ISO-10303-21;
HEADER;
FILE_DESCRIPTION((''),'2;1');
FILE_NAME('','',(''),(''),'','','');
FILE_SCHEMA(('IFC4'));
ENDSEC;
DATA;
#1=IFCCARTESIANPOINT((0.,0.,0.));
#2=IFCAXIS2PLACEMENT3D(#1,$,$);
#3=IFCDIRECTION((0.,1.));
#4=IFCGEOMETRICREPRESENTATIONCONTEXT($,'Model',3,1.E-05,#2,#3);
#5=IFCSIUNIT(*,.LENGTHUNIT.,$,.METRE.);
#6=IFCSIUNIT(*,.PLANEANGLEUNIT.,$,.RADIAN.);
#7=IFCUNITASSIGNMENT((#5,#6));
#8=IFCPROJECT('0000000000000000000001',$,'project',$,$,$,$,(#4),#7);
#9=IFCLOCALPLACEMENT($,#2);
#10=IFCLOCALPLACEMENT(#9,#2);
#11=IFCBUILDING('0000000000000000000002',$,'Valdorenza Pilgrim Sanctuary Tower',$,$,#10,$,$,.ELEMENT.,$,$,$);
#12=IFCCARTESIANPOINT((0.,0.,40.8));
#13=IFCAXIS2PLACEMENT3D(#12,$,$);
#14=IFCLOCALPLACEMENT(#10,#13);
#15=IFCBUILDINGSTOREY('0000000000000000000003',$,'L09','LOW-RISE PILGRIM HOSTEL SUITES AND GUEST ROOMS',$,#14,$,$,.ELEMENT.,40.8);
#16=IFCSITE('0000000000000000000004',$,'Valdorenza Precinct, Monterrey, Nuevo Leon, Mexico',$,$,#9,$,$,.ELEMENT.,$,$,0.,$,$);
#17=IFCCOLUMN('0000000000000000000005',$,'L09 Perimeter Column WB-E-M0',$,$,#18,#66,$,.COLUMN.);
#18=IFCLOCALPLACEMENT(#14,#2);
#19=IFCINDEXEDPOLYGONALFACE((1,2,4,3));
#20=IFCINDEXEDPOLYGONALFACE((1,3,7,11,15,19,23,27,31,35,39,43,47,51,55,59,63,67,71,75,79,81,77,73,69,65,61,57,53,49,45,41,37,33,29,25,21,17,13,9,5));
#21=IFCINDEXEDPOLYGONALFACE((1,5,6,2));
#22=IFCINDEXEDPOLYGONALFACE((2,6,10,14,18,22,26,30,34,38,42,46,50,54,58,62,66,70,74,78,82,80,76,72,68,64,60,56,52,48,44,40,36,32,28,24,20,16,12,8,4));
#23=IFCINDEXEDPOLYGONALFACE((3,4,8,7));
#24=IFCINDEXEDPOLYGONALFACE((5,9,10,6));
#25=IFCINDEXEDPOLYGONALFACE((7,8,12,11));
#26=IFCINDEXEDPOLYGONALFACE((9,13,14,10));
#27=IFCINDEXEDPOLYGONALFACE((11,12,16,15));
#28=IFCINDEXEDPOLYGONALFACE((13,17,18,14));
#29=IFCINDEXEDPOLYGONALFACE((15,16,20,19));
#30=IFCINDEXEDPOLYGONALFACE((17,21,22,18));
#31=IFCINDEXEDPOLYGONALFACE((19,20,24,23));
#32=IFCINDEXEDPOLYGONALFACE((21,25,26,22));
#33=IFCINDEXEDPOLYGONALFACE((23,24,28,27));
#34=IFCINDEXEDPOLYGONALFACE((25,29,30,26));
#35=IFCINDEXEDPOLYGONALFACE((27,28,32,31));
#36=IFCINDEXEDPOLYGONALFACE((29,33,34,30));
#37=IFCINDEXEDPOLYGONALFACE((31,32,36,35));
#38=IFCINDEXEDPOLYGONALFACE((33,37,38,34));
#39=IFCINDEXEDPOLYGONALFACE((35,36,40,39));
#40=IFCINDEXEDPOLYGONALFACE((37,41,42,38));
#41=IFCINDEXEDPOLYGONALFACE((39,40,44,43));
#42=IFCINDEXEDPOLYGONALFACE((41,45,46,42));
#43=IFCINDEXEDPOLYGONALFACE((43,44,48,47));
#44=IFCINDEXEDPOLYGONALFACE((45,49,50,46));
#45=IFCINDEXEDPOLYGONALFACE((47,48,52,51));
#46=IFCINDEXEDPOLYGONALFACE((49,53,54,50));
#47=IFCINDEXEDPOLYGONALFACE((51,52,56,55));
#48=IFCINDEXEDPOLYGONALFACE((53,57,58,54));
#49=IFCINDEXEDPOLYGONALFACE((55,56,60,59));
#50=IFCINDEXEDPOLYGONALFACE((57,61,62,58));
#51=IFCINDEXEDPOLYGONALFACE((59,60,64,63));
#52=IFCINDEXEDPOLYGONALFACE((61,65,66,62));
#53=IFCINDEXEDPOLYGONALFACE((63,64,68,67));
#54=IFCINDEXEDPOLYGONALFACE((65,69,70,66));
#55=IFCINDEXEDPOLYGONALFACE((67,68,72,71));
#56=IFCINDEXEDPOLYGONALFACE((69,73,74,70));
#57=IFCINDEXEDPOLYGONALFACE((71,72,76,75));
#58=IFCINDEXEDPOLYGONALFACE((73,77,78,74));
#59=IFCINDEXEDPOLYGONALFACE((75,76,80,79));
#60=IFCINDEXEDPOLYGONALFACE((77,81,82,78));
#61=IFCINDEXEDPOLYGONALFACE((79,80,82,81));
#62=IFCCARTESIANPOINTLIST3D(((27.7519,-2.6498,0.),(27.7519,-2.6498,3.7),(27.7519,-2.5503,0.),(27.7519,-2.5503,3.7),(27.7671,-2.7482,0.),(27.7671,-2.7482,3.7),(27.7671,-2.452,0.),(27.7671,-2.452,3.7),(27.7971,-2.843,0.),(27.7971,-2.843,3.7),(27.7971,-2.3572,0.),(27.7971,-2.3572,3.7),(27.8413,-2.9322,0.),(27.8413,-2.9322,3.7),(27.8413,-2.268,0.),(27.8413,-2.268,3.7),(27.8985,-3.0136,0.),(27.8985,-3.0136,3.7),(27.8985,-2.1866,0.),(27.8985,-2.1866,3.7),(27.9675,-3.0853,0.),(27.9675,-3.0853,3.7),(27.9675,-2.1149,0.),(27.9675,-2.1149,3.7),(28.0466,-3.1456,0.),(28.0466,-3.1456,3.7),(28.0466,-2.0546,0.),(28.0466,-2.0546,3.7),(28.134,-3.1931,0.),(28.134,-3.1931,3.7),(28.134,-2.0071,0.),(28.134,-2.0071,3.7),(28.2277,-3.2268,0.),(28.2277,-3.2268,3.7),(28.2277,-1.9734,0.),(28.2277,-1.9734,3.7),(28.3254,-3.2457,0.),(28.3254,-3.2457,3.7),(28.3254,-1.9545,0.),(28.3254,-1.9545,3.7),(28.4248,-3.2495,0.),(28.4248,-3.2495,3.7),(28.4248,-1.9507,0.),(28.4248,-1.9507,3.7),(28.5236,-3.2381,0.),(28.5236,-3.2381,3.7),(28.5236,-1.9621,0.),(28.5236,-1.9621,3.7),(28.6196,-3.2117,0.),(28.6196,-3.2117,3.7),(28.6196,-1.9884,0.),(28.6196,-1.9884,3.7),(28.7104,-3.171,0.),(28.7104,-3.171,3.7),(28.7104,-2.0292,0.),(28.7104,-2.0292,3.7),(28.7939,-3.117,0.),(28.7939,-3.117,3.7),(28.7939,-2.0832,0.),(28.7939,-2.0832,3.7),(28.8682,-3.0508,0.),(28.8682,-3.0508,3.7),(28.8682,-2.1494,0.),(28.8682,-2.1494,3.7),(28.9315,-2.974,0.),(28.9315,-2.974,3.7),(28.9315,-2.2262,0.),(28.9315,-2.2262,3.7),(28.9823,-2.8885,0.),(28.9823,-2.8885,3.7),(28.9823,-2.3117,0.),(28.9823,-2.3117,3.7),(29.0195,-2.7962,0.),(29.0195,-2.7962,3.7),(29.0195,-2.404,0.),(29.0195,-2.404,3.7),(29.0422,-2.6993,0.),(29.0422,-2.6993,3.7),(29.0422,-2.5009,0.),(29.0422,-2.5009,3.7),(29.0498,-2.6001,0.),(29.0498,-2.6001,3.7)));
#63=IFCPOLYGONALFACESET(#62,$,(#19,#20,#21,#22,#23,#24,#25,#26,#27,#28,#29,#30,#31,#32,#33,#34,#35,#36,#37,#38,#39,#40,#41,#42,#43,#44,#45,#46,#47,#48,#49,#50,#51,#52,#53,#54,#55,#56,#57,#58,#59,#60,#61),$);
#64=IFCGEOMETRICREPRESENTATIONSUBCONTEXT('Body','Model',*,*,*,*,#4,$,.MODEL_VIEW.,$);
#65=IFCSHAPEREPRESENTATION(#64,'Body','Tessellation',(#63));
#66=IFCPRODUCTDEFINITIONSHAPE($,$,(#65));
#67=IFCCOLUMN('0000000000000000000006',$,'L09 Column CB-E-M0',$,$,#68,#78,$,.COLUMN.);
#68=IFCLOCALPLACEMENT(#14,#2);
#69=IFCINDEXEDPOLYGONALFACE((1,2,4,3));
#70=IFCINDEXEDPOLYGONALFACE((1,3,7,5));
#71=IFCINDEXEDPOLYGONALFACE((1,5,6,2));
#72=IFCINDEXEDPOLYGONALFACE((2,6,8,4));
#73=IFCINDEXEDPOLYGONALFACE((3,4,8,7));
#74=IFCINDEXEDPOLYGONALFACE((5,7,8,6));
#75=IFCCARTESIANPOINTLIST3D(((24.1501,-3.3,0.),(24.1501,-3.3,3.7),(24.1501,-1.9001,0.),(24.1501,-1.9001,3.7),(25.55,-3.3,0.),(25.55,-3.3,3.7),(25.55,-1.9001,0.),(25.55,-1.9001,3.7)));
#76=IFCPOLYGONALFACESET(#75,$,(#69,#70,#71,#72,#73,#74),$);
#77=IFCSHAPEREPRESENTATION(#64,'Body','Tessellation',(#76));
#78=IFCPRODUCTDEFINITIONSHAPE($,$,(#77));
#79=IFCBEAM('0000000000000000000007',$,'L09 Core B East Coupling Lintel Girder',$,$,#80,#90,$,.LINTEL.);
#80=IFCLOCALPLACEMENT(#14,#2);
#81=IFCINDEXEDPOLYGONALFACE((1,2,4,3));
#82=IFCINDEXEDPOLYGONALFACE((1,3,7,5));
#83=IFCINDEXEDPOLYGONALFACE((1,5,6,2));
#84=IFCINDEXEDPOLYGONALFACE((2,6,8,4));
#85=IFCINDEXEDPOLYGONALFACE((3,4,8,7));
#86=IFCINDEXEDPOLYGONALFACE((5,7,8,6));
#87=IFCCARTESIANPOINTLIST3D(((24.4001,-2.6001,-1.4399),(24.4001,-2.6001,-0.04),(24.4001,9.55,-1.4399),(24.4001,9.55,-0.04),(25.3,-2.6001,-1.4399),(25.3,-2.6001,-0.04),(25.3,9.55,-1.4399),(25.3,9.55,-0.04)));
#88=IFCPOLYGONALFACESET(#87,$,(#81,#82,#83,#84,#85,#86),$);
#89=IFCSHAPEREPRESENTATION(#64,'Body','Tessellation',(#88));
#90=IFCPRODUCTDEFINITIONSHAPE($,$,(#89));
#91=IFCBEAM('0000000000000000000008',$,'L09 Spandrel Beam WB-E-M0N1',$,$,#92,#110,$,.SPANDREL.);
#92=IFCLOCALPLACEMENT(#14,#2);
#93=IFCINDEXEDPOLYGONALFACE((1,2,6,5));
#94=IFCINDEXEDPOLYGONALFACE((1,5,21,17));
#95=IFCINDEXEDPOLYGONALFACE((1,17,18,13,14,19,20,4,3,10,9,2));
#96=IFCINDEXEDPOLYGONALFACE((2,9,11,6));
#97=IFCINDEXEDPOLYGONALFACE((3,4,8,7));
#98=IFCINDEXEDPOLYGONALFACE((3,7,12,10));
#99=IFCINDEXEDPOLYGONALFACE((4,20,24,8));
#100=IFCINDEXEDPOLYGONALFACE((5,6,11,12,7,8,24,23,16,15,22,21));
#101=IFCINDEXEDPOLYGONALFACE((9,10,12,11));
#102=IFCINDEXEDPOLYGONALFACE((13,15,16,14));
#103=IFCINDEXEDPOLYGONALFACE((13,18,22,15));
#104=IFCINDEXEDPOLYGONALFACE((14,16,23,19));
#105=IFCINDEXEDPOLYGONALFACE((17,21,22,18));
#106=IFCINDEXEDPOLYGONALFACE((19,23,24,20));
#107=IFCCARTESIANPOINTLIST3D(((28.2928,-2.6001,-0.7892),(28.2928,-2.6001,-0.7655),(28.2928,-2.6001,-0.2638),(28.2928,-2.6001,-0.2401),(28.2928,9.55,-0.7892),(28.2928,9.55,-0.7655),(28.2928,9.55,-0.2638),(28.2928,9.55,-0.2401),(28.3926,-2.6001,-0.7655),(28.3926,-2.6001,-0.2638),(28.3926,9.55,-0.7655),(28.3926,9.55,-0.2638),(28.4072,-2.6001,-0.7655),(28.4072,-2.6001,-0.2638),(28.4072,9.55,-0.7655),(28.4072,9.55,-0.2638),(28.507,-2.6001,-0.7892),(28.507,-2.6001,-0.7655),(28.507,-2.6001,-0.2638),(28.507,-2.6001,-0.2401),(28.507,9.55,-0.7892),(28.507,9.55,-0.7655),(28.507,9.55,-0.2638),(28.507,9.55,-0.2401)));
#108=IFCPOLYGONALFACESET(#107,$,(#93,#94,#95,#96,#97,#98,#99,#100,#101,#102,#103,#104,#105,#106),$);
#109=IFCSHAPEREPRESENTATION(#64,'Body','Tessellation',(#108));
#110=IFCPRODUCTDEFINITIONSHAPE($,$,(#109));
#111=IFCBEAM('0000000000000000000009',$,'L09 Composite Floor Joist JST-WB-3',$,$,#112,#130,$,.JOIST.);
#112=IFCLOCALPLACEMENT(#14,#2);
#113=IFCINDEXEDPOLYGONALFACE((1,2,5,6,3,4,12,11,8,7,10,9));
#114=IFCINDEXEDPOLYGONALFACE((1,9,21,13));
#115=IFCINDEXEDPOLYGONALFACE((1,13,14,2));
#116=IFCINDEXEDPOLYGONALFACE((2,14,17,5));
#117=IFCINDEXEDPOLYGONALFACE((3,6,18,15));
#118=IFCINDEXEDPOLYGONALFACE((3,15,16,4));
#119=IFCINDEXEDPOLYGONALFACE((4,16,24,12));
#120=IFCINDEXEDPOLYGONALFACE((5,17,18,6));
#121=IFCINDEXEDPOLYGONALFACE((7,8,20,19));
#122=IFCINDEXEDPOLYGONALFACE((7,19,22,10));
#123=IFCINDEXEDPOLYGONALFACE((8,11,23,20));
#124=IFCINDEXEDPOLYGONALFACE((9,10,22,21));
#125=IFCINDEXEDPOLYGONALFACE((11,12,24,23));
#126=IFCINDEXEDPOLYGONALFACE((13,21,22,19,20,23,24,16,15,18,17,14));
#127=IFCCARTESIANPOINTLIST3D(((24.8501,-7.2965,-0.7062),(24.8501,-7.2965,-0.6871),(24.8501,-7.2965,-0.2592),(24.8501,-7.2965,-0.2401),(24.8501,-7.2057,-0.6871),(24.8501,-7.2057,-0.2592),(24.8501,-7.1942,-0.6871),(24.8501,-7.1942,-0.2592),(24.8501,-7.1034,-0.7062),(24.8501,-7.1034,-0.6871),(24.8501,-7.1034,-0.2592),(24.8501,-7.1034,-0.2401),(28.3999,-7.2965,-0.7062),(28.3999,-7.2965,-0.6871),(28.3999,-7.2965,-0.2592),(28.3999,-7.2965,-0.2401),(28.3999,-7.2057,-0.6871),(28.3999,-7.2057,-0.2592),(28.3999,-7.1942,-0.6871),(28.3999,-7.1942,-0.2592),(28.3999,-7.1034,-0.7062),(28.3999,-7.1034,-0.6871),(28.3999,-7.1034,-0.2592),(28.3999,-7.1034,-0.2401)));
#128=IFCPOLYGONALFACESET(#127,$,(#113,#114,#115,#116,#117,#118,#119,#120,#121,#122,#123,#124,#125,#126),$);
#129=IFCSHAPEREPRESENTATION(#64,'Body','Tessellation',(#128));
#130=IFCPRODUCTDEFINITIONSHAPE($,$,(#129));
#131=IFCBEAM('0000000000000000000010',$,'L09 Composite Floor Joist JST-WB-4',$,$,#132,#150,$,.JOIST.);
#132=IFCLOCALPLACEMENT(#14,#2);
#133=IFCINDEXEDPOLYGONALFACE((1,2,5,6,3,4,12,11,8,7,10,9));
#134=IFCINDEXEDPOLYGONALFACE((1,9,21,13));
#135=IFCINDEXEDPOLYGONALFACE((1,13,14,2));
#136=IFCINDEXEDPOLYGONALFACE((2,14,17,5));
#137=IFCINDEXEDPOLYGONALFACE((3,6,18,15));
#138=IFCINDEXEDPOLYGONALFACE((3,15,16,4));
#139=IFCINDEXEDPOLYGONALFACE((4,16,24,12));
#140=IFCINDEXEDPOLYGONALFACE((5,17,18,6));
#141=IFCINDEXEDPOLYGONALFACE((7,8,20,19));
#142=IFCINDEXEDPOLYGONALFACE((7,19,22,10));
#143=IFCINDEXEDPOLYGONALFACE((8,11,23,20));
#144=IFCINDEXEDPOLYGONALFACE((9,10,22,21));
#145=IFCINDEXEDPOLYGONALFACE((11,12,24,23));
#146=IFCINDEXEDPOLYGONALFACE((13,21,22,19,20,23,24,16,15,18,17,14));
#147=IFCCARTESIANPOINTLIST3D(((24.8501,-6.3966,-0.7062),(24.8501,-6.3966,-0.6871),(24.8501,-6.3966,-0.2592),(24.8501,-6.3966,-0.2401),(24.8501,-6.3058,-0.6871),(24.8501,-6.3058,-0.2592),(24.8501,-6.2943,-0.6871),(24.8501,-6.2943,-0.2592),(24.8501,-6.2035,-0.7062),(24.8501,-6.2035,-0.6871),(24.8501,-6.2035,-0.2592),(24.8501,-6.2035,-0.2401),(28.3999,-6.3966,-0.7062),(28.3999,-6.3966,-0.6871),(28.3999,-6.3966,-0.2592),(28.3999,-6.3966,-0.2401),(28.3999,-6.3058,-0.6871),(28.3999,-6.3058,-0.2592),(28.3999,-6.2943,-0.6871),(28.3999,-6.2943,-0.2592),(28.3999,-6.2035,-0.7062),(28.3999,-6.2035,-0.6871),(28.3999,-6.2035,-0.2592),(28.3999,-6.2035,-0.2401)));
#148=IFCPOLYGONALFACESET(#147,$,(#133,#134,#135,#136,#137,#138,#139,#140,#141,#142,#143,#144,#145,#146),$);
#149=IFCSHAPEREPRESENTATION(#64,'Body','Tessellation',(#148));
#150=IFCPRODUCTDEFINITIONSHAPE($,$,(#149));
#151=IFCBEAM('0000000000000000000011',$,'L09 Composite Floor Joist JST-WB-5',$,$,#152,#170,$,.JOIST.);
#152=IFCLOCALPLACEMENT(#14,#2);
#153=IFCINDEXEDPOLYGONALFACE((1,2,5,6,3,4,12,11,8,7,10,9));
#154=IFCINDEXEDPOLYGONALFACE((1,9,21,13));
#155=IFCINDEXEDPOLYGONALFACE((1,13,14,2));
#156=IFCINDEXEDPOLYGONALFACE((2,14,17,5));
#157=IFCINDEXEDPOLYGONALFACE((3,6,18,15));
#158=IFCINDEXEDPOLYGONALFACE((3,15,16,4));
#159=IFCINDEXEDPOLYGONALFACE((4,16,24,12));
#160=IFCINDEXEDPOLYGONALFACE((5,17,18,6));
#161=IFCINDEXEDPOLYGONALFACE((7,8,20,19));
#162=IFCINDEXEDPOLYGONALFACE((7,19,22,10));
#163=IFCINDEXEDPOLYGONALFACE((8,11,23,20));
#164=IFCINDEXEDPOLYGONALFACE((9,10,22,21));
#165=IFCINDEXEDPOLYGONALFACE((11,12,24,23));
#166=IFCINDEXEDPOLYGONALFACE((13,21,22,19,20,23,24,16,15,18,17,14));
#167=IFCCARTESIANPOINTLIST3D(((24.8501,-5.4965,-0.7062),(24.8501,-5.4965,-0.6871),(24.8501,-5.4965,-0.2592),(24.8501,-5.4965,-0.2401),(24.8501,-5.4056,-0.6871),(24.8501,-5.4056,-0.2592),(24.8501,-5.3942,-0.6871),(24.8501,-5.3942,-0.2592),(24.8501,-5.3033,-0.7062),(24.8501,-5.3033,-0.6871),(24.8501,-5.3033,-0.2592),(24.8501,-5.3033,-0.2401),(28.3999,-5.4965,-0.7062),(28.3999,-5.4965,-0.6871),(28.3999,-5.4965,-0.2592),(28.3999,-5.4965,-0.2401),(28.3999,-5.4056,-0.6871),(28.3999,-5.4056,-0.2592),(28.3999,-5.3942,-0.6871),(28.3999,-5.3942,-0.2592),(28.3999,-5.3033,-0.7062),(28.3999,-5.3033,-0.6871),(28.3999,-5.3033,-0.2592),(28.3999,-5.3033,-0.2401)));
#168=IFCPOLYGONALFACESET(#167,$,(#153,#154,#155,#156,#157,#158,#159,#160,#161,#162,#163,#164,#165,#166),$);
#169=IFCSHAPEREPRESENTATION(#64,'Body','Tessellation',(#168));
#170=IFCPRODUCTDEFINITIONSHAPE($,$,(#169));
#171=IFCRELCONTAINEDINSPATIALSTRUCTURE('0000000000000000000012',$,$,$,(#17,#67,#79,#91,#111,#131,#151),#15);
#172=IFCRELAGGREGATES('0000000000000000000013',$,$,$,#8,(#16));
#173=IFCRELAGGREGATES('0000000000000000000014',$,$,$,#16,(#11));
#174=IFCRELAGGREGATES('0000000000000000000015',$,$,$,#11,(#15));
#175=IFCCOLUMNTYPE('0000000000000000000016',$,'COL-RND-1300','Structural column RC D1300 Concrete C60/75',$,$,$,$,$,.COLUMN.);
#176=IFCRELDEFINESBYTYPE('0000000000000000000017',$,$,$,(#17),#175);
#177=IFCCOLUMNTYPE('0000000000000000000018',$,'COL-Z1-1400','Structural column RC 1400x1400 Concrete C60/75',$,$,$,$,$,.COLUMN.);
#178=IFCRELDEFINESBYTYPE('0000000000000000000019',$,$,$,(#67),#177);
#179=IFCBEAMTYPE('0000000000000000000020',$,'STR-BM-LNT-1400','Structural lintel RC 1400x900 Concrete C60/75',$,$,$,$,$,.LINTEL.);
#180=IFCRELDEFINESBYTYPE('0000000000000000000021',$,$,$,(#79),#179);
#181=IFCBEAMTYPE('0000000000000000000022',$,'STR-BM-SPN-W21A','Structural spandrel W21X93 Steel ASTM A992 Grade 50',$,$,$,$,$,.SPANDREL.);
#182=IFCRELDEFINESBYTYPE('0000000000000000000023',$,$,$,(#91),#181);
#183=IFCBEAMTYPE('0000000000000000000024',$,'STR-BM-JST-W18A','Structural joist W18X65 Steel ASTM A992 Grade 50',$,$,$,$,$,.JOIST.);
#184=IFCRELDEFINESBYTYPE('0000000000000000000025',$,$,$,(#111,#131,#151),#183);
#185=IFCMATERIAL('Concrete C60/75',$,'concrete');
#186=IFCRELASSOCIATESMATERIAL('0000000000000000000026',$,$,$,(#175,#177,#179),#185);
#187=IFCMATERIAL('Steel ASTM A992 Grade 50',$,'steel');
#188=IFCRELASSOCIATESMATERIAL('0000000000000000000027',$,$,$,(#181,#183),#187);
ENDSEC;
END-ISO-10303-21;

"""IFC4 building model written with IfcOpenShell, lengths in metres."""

from ifc_helpers import new_model, si_unit, direction, frame, origin, origin_2d, place, context, subcontext, project, spatial, rectangle, circle, i_section, extrude, source, transform, mapped, material, material_profile, profile_set, type_object, element, save


model = new_model("IFC4")

# Units and contexts
model_context = context("Model", 3, precision=1e-05, world=origin(), true_north=direction((0.0, 1.0)))
body_context = subcontext(model_context, "Body", "Model", "MODEL_VIEW")
ifc_project = project(units=[si_unit("LENGTHUNIT", "METRE"), si_unit("PLANEANGLEUNIT", "RADIAN")], contexts=[model_context])

# Site, building, storey
site_placement = place(None, origin())
site = spatial("IfcSite", under=ifc_project, at=site_placement, Name="Valdorenza Precinct, Monterrey, Nuevo Leon, Mexico", CompositionType="ELEMENT", RefElevation=0.0)
building_placement = place(site_placement, origin())
building = spatial("IfcBuilding", under=site, at=building_placement, Name="Valdorenza Pilgrim Sanctuary Tower", CompositionType="ELEMENT")
storey_placement = place(building_placement, frame((0.0, 0.0, 40.8)))
storey = spatial("IfcBuildingStorey", under=building, at=storey_placement, Name="L09", Description="LOW-RISE PILGRIM HOSTEL SUITES AND GUEST ROOMS", CompositionType="ELEMENT", Elevation=40.8)

# Columns
ifc_material_1 = material(Name="Concrete C60/75", Category="concrete")
ifc_material_profile_1 = material_profile(ifc_material_1, circle(Radius=0.6499, at=origin_2d()), Name="RC D1300")
ifc_profile_set_1 = profile_set([ifc_material_profile_1], Name="Concrete C60/75")
column_type_1 = type_object("IfcColumnType", Name="COL-RND-1300", Description="Structural column RC D1300 Concrete C60/75", PredefinedType="COLUMN", material=ifc_profile_set_1)
shared_shape_1 = source(origin(), body_context, "Body", "SweptSolid", [
    extrude(circle(Radius=0.6499, at=origin_2d()), origin(), (0.0, 0.0, 1.0), 3.7),
])
column_1_placement = place(storey_placement, frame((28.3999, -2.6001, 0.0), z_axis=(0.0, 0.0, 1.0), x_axis=(1.0, 0.0, 0.0)))
element("IfcColumn", 1, at=column_1_placement, inside=storey, type_object=column_type_1, Name="L09 Perimeter Column WB-E-M0", PredefinedType="COLUMN", context=body_context, shape_type="MappedRepresentation", body=[
    mapped(shared_shape_1, transform((0.0, 0.0, 0.0), x_axis=(1.0, 0.0, 0.0), y_axis=(0.0, 1.0, 0.0), z_axis=(0.0, 0.0, 1.0), scale=1.0)),
])
ifc_material_profile_2 = material_profile(ifc_material_1, rectangle(XDim=1.3999, YDim=1.3999, at=origin_2d()), Name="RC 1400x1400")
ifc_profile_set_2 = profile_set([ifc_material_profile_2], Name="Concrete C60/75")
column_type_2 = type_object("IfcColumnType", Name="COL-Z1-1400", Description="Structural column RC 1400x1400 Concrete C60/75", PredefinedType="COLUMN", material=ifc_profile_set_2)
shared_shape_2 = source(origin(), body_context, "Body", "SweptSolid", [
    extrude(rectangle(XDim=1.3999, YDim=1.3999, at=origin_2d()), origin(), (0.0, 0.0, 1.0), 3.7),
])
column_2_placement = place(storey_placement, frame((24.8501, -2.6001, 0.0), z_axis=(0.0, 0.0, 1.0), x_axis=(1.0, 0.0, 0.0)))
element("IfcColumn", 2, at=column_2_placement, inside=storey, type_object=column_type_2, Name="L09 Column CB-E-M0", PredefinedType="COLUMN", context=body_context, shape_type="MappedRepresentation", body=[
    mapped(shared_shape_2, transform((0.0, 0.0, 0.0), x_axis=(1.0, 0.0, 0.0), y_axis=(0.0, 1.0, 0.0), z_axis=(0.0, 0.0, 1.0), scale=1.0)),
])

# Beams
ifc_material_profile_3 = material_profile(ifc_material_1, rectangle(XDim=0.8999, YDim=1.3999, at=origin_2d()), Name="RC 1400x900")
ifc_profile_set_3 = profile_set([ifc_material_profile_3], Name="Concrete C60/75")
beam_type_1 = type_object("IfcBeamType", Name="STR-BM-LNT-1400", Description="Structural lintel RC 1400x900 Concrete C60/75", PredefinedType="LINTEL", material=ifc_profile_set_3)
shared_shape_3 = source(origin(), body_context, "Body", "SweptSolid", [
    extrude(rectangle(XDim=0.8999, YDim=1.3999, at=origin_2d()), origin(), (0.0, 0.0, 1.0), 12.1501),
])
beam_1_placement = place(storey_placement, frame((24.8501, -2.6001, -0.74), z_axis=(0.0, 1.0, 0.0), x_axis=(-1.0, 0.0, 0.0)))
element("IfcBeam", 3, at=beam_1_placement, inside=storey, type_object=beam_type_1, Name="L09 Core B East Coupling Lintel Girder", PredefinedType="LINTEL", context=body_context, shape_type="MappedRepresentation", body=[
    mapped(shared_shape_3, transform((0.0, 0.0, 0.0), x_axis=(1.0, 0.0, 0.0), y_axis=(0.0, 1.0, 0.0), z_axis=(0.0, 0.0, 1.0), scale=1.0)),
])
ifc_material_2 = material(Name="Steel ASTM A992 Grade 50", Category="steel")
ifc_material_profile_4 = material_profile(ifc_material_2, i_section(OverallWidth=0.2141, OverallDepth=0.5491, WebThickness=0.0146, FlangeThickness=0.0237, at=origin_2d()), Name="W21X93")
ifc_profile_set_4 = profile_set([ifc_material_profile_4], Name="Steel ASTM A992 Grade 50")
beam_type_2 = type_object("IfcBeamType", Name="STR-BM-SPN-W21A", Description="Structural spandrel W21X93 Steel ASTM A992 Grade 50", PredefinedType="SPANDREL", material=ifc_profile_set_4)
shared_shape_4 = source(origin(), body_context, "Body", "SweptSolid", [
    extrude(i_section(OverallWidth=0.2141, OverallDepth=0.5491, WebThickness=0.0146, FlangeThickness=0.0237, at=origin_2d()), origin(), (0.0, 0.0, 1.0), 12.1501),
])
beam_2_placement = place(storey_placement, frame((28.3999, -2.6001, -0.5146), z_axis=(0.0, 1.0, 0.0), x_axis=(-1.0, 0.0, 0.0)))
element("IfcBeam", 4, at=beam_2_placement, inside=storey, type_object=beam_type_2, Name="L09 Spandrel Beam WB-E-M0N1", PredefinedType="SPANDREL", context=body_context, shape_type="MappedRepresentation", body=[
    mapped(shared_shape_4, transform((0.0, 0.0, 0.0), x_axis=(1.0, 0.0, 0.0), y_axis=(0.0, 1.0, 0.0), z_axis=(0.0, 0.0, 1.0), scale=1.0)),
])
ifc_material_profile_5 = material_profile(ifc_material_2, i_section(OverallWidth=0.1931, OverallDepth=0.4661, WebThickness=0.0115, FlangeThickness=0.019, at=origin_2d()), Name="W18X65")
ifc_profile_set_5 = profile_set([ifc_material_profile_5], Name="Steel ASTM A992 Grade 50")
beam_type_3 = type_object("IfcBeamType", Name="STR-BM-JST-W18A", Description="Structural joist W18X65 Steel ASTM A992 Grade 50", PredefinedType="JOIST", material=ifc_profile_set_5)
shared_shape_5 = source(origin(), body_context, "Body", "SweptSolid", [
    extrude(i_section(OverallWidth=0.1931, OverallDepth=0.4661, WebThickness=0.0115, FlangeThickness=0.019, at=origin_2d()), origin(), (0.0, 0.0, 1.0), 3.5498),
])
for number, where, z_axis, x_axis, name in (
    (5, (24.8501, -7.2, -0.4731), (1.0, 0.0, 0.0), (0.0, 1.0, 0.0), "L09 Composite Floor Joist JST-WB-3"),
    (6, (24.8501, -6.3, -0.4731), (1.0, 0.0, 0.0), (0.0, 1.0, 0.0), "L09 Composite Floor Joist JST-WB-4"),
    (7, (24.8501, -5.3999, -0.4731), (1.0, 0.0, 0.0), (0.0, 1.0, 0.0), "L09 Composite Floor Joist JST-WB-5"),
):
    element("IfcBeam", number, at=place(storey_placement, frame(where, z_axis=z_axis, x_axis=x_axis)), inside=storey, type_object=beam_type_3, Name=name, PredefinedType="JOIST", context=body_context, shape_type="MappedRepresentation", body=[
        mapped(shared_shape_5, transform((0.0, 0.0, 0.0), x_axis=(1.0, 0.0, 0.0), y_axis=(0.0, 1.0, 0.0), z_axis=(0.0, 0.0, 1.0), scale=1.0)),
    ])

save(model, "model.ifc")
